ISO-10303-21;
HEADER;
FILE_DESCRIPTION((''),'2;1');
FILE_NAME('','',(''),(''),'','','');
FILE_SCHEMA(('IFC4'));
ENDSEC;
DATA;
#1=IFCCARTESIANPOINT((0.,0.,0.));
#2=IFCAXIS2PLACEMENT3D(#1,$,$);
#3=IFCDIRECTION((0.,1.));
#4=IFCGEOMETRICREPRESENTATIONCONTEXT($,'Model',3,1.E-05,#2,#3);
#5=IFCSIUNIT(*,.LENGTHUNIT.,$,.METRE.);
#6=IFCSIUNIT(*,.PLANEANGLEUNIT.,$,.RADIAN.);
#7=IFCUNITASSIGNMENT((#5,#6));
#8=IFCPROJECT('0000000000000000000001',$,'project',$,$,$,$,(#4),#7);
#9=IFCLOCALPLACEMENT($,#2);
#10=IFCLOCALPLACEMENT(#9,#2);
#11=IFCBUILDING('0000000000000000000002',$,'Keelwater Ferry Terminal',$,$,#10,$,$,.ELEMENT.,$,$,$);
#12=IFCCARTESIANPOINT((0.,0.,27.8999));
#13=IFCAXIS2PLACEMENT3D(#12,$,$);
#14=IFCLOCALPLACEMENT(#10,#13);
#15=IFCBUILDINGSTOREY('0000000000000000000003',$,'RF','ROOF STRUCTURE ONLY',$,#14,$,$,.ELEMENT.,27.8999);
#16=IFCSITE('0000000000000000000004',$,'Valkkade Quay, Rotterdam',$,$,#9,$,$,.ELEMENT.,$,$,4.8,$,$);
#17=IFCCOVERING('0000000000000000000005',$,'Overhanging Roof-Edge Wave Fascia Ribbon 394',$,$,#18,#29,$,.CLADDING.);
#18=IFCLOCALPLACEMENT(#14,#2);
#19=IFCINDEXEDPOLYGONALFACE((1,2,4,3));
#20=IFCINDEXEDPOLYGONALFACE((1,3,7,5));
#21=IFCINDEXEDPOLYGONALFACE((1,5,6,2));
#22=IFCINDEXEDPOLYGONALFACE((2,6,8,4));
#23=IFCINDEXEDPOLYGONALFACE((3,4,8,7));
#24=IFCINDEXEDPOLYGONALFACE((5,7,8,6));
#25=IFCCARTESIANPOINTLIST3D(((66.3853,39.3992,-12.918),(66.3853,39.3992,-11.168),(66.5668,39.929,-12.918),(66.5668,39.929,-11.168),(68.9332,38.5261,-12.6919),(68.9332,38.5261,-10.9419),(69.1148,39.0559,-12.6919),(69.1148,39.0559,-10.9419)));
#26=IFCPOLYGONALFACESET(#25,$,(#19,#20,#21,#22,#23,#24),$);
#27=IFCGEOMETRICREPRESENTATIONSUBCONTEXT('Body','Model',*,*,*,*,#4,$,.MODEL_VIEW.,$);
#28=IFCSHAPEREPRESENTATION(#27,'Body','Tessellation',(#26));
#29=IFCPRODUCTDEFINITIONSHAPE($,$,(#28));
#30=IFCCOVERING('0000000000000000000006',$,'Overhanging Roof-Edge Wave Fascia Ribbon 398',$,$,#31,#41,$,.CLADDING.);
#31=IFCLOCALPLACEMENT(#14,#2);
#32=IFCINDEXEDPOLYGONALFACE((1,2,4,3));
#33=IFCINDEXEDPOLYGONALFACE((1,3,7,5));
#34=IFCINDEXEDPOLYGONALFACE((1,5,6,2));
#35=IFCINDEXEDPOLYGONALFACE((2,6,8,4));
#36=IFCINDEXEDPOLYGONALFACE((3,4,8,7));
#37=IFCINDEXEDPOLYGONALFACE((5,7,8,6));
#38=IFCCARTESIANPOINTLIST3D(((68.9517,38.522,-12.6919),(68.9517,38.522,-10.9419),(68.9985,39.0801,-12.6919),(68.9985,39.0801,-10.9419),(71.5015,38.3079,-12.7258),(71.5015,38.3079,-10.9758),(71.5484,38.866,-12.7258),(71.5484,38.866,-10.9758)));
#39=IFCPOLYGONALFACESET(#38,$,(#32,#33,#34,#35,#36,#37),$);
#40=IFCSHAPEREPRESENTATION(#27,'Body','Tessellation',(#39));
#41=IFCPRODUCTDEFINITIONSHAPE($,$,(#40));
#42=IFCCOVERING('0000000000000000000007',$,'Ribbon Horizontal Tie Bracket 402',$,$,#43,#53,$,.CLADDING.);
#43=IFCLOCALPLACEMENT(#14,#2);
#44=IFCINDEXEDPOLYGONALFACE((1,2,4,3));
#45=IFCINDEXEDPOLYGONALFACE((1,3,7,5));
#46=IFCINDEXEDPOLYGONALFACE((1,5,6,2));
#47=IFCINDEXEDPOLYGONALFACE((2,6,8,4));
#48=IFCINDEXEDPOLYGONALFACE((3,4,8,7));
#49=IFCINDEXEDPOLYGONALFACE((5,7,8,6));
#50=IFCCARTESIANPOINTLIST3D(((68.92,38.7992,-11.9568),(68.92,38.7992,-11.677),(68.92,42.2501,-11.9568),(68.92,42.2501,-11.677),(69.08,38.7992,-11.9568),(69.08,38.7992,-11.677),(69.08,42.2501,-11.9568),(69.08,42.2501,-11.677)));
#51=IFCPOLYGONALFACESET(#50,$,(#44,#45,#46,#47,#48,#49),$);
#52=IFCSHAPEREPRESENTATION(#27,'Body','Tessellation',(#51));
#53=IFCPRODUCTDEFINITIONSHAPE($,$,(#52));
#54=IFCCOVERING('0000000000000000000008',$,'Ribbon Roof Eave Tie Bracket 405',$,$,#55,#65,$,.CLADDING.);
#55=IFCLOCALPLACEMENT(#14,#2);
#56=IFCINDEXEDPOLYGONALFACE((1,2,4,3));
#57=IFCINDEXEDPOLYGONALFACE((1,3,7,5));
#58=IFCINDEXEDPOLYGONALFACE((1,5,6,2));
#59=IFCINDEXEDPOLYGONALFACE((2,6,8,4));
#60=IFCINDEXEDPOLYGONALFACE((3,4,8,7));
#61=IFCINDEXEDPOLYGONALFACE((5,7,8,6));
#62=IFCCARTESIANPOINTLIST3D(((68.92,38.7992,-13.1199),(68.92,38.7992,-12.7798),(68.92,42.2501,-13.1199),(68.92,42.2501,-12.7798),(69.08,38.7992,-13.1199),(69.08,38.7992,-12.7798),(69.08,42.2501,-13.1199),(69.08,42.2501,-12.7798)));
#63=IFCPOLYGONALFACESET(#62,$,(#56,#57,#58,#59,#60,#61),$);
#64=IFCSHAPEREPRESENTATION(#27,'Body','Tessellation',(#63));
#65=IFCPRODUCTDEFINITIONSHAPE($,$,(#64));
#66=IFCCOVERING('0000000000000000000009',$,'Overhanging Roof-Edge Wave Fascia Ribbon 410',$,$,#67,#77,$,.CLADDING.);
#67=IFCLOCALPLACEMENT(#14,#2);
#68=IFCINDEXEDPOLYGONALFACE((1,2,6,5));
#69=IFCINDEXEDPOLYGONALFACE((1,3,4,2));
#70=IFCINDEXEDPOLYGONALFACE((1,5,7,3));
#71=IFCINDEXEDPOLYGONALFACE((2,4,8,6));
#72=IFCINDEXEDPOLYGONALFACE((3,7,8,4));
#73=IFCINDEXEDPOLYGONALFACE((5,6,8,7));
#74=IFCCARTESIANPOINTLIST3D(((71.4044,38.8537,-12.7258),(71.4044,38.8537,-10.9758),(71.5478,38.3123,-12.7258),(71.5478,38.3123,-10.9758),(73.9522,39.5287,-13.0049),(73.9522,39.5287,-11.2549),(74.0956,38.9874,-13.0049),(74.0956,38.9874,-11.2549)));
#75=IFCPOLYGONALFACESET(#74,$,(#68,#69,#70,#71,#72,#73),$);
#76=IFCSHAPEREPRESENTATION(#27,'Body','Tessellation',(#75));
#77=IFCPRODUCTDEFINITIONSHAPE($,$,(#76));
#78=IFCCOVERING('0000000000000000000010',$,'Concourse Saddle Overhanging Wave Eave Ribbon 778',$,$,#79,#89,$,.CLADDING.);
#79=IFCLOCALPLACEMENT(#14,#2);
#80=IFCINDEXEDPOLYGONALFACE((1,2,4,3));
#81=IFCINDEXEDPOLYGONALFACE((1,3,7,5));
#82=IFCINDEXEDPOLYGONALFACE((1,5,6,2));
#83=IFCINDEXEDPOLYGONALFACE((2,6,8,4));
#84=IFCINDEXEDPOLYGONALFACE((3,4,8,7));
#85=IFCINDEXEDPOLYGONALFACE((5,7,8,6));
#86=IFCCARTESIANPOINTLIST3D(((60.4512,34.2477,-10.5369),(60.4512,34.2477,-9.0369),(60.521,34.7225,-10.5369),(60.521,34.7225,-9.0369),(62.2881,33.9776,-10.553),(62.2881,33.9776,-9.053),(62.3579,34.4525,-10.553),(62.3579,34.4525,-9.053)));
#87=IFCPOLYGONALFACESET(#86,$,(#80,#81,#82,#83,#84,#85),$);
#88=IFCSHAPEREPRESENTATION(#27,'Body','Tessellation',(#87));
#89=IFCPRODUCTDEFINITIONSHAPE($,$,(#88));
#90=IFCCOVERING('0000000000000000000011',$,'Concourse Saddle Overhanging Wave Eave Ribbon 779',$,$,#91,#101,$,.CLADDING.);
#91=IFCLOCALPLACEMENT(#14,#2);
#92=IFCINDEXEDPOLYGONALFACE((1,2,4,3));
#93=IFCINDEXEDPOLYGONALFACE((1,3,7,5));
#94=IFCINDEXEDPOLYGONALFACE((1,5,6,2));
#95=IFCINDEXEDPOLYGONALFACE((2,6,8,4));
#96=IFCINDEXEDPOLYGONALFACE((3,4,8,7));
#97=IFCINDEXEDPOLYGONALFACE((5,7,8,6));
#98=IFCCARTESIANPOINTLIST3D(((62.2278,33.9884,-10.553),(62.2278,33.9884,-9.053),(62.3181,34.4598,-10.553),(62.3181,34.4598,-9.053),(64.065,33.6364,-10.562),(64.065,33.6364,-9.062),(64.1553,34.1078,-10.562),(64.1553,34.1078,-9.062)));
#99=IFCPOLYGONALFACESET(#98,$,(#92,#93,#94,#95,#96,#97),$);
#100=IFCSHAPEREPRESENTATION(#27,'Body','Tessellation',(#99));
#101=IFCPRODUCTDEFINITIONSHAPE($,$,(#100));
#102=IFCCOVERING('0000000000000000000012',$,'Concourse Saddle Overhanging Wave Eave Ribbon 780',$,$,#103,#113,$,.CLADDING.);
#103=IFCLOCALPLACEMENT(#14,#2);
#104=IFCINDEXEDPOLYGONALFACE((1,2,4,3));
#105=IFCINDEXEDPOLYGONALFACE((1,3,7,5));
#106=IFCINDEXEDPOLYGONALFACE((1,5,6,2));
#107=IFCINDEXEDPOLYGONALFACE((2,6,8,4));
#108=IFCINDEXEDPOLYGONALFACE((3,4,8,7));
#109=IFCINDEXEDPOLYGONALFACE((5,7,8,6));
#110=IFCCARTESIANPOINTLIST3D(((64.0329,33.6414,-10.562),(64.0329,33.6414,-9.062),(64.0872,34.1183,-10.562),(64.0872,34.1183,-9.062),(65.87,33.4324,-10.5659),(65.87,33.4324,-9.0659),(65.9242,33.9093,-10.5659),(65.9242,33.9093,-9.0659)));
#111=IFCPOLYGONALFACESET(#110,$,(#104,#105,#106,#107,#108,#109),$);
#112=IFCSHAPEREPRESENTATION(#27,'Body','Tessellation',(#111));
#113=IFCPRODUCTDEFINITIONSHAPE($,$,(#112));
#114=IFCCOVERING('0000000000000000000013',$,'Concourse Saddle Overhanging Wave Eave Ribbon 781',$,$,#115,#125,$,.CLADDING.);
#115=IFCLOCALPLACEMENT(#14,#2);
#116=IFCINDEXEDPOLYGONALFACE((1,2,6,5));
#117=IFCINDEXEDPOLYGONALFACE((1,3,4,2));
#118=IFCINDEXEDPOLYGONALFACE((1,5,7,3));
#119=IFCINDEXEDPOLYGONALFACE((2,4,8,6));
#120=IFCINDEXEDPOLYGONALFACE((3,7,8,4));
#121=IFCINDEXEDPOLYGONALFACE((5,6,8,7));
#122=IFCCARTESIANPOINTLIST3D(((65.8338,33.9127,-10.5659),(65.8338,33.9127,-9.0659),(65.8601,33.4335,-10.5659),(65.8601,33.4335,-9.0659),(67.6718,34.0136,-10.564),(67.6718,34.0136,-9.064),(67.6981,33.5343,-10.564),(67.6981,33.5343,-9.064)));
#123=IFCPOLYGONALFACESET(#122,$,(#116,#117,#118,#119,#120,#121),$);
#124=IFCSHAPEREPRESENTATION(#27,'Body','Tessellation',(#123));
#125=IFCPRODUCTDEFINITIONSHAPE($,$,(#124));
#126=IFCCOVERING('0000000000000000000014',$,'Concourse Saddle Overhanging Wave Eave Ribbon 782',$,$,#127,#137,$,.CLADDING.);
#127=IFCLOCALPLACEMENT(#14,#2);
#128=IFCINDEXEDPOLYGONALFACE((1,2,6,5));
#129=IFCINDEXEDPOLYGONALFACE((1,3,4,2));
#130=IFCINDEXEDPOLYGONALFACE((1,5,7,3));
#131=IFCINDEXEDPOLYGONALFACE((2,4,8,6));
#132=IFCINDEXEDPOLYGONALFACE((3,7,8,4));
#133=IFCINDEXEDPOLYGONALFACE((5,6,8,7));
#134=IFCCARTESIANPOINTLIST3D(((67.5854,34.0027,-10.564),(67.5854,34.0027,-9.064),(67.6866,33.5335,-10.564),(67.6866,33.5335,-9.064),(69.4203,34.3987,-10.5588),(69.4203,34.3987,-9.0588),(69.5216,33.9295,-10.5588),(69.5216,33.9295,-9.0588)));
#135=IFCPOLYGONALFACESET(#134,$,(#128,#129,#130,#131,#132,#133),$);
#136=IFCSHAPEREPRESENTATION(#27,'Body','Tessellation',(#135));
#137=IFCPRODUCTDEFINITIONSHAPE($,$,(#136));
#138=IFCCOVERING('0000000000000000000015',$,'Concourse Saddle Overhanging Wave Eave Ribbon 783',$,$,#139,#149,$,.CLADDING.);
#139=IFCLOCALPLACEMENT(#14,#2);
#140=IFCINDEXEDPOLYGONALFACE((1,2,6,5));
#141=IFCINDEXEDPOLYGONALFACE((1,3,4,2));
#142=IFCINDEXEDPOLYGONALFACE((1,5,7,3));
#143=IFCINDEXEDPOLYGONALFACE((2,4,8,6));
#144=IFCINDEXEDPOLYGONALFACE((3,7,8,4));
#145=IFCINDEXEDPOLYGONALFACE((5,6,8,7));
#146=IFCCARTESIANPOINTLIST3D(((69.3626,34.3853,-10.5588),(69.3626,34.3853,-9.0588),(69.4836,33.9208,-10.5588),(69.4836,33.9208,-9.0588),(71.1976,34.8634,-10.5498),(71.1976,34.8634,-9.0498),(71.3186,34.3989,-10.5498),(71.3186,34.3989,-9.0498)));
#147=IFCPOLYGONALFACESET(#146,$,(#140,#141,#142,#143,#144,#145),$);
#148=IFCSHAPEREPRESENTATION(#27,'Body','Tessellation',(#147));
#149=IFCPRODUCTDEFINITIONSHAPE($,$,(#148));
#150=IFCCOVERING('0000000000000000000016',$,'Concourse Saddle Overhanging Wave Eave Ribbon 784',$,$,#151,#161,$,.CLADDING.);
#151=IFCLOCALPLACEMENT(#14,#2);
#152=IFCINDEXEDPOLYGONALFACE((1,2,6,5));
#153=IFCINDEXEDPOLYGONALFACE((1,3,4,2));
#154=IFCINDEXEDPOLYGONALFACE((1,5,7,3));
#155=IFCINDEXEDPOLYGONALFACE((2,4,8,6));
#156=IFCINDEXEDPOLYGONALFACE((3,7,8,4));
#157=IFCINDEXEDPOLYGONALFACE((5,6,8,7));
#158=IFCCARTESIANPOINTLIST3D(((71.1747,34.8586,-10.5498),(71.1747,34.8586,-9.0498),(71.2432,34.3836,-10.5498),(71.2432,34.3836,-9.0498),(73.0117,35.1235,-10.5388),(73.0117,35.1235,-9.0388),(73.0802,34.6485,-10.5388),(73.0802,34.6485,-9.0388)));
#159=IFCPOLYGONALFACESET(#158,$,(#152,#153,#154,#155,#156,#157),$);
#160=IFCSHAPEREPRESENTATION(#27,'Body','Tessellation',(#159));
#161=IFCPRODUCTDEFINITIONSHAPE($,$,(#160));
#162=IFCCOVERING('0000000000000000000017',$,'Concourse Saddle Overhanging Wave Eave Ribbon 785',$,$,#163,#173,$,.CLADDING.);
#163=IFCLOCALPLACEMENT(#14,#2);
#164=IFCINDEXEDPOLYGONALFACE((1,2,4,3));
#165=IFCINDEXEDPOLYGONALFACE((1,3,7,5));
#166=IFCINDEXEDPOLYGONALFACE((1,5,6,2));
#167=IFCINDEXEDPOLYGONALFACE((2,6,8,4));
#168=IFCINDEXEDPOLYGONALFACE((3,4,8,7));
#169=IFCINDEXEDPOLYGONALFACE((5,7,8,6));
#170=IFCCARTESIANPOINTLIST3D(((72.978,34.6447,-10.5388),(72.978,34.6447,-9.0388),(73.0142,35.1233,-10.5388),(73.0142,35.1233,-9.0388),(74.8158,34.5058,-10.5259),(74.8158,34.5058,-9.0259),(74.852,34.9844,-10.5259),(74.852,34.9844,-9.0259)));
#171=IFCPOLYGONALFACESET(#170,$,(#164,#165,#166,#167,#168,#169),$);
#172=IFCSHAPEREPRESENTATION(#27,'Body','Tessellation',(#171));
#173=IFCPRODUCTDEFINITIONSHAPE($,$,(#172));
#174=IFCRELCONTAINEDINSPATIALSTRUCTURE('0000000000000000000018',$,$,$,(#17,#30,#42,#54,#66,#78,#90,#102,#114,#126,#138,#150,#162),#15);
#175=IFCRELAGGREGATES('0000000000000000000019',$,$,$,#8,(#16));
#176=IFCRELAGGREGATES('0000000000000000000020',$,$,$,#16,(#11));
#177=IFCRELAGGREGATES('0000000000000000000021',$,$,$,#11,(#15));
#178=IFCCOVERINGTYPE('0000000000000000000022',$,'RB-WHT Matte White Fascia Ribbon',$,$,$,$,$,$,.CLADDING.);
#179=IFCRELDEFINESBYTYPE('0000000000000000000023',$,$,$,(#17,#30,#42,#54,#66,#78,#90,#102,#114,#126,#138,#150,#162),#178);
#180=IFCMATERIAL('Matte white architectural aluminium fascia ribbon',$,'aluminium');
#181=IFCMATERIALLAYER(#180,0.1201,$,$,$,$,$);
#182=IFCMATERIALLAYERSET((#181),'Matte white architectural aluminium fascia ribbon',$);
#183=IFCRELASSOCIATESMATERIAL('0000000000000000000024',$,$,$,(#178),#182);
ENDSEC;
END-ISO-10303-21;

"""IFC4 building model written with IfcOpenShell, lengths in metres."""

from ifc_helpers import new_model, si_unit, direction, frame, frame_2d, origin, place, context, subcontext, project, spatial, polyline, rectangle, outline, extrude, material, layer, layer_set, type_object, element, save


model = new_model("IFC4")

# Units and contexts
model_context = context("Model", 3, precision=1e-05, world=origin(), true_north=direction((0.0, 1.0)))
body_context = subcontext(model_context, "Body", "Model", "MODEL_VIEW")
ifc_project = project(units=[si_unit("LENGTHUNIT", "METRE"), si_unit("PLANEANGLEUNIT", "RADIAN")], contexts=[model_context])

# Site, building, storey
site_placement = place(None, origin())
site = spatial("IfcSite", under=ifc_project, at=site_placement, Name="Valkkade Quay, Rotterdam", CompositionType="ELEMENT", RefElevation=4.8)
building_placement = place(site_placement, origin())
building = spatial("IfcBuilding", under=site, at=building_placement, Name="Keelwater Ferry Terminal", CompositionType="ELEMENT")
storey_placement = place(building_placement, frame((0.0, 0.0, 27.8999)))
storey = spatial("IfcBuildingStorey", under=building, at=storey_placement, Name="RF", Description="ROOF STRUCTURE ONLY", CompositionType="ELEMENT", Elevation=27.8999)

# Coverings
ifc_material_1 = material(Name="Matte white architectural aluminium fascia ribbon", Category="aluminium")
ifc_layer_1 = layer(ifc_material_1, 0.1201)
ifc_layer_set_1 = layer_set([ifc_layer_1], Name="Matte white architectural aluminium fascia ribbon")
covering_type = type_object("IfcCoveringType", Name="RB-WHT Matte White Fascia Ribbon", PredefinedType="CLADDING", material=ifc_layer_set_1)
covering_1_placement = place(storey_placement, frame((66.4761, 39.6641, -12.918), z_axis=(0.0, 0.0, 1.0), x_axis=(0.946003, -0.324157, 0.0)))
element("IfcCovering", 1, at=covering_1_placement, inside=storey, type_object=covering_type, Name="Overhanging Roof-Edge Wave Fascia Ribbon 394", PredefinedType="CLADDING", context=body_context, shape_type="SweptSolid", body=[
    extrude(outline(polyline([(0.0, 0.0), (2.6934, 0.2261), (2.6934, 1.9761), (0.0, 1.75), (0.0, 0.0)])), frame((0.0, 0.28, 0.0), z_axis=(0.0, -1.0, 0.0), x_axis=(1.0, 0.0, 0.0)), (0.0, 0.0, 1.0), 0.5601),
])
covering_2_placement = place(storey_placement, frame((68.9751, 38.801, -12.7258), z_axis=(0.0, 0.0, 1.0), x_axis=(0.996493, -0.083677, 0.0)))
element("IfcCovering", 2, at=covering_2_placement, inside=storey, type_object=covering_type, Name="Overhanging Roof-Edge Wave Fascia Ribbon 398", PredefinedType="CLADDING", context=body_context, shape_type="SweptSolid", body=[
    extrude(outline(polyline([(0.0, 0.0339), (2.5588, 0.0), (2.5588, 1.75), (0.0, 1.7839), (0.0, 0.0339)])), frame((0.0, 0.28, 0.0), z_axis=(0.0, -1.0, 0.0), x_axis=(1.0, 0.0, 0.0)), (0.0, 0.0, 1.0), 0.5601),
])
covering_3_placement = place(storey_placement, frame((69.0, 38.7991, -11.9568), z_axis=(0.0, 0.0, 1.0), x_axis=(0.0, 1.0, 0.0)))
element("IfcCovering", 3, at=covering_3_placement, inside=storey, type_object=covering_type, Name="Ribbon Horizontal Tie Bracket 402", PredefinedType="CLADDING", context=body_context, shape_type="SweptSolid", body=[
    extrude(rectangle(XDim=3.4509, YDim=0.1599, at=frame_2d((1.7256, 0.0))), origin(), (0.0, 0.0, 1.0), 0.2798),
])
covering_4_placement = place(storey_placement, frame((69.0, 38.7991, -13.1199), z_axis=(0.0, 0.0, 1.0), x_axis=(0.0, 1.0, 0.0)))
element("IfcCovering", 4, at=covering_4_placement, inside=storey, type_object=covering_type, Name="Ribbon Roof Eave Tie Bracket 405", PredefinedType="CLADDING", context=body_context, shape_type="SweptSolid", body=[
    extrude(rectangle(XDim=3.4509, YDim=0.1599, at=frame_2d((1.7256, 0.0))), origin(), (0.0, 0.0, 1.0), 0.3401),
])
covering_5_placement = place(storey_placement, frame((71.4761, 38.583, -13.0049), z_axis=(0.0, 0.0, 1.0), x_axis=(0.966647, 0.256112, 0.0)))
element("IfcCovering", 5, at=covering_5_placement, inside=storey, type_object=covering_type, Name="Overhanging Roof-Edge Wave Fascia Ribbon 410", PredefinedType="CLADDING", context=body_context, shape_type="SweptSolid", body=[
    extrude(outline(polyline([(0.0, 0.2791), (2.6357, 0.0), (2.6357, 1.75), (0.0, 2.0291), (0.0, 0.2791)])), frame((0.0, 0.28, 0.0), z_axis=(0.0, -1.0, 0.0), x_axis=(1.0, 0.0, 0.0)), (0.0, 0.0, 1.0), 0.5601),
])
covering_6_placement = place(storey_placement, frame((60.4861, 34.4851, -10.553), z_axis=(0.0, 0.0, 1.0), x_axis=(0.989368, -0.145433, 0.0)))
element("IfcCovering", 6, at=covering_6_placement, inside=storey, type_object=covering_type, Name="Concourse Saddle Overhanging Wave Eave Ribbon 778", PredefinedType="CLADDING", context=body_context, shape_type="SweptSolid", body=[
    extrude(outline(polyline([(0.0, 0.0161), (1.8567, 0.0), (1.8567, 1.5), (0.0, 1.5161), (0.0, 0.0161)])), frame((0.0, 0.24, 0.0), z_axis=(0.0, -1.0, 0.0), x_axis=(1.0, 0.0, 0.0)), (0.0, 0.0, 1.0), 0.48),
])
covering_7_placement = place(storey_placement, frame((62.2729, 34.2241, -10.562), z_axis=(0.0, 0.0, 1.0), x_axis=(0.98213, -0.188204, 0.0)))
element("IfcCovering", 7, at=covering_7_placement, inside=storey, type_object=covering_type, Name="Concourse Saddle Overhanging Wave Eave Ribbon 779", PredefinedType="CLADDING", context=body_context, shape_type="SweptSolid", body=[
    extrude(outline(polyline([(0.0, 0.009), (1.8706, 0.0), (1.8706, 1.5), (0.0, 1.509), (0.0, 0.009)])), frame((0.0, 0.24, 0.0), z_axis=(0.0, -1.0, 0.0), x_axis=(1.0, 0.0, 0.0)), (0.0, 0.0, 1.0), 0.48),
])
covering_8_placement = place(storey_placement, frame((64.0601, 33.8799, -10.5659), z_axis=(0.0, 0.0, 1.0), x_axis=(0.99359, -0.11304, 0.0)))
element("IfcCovering", 8, at=covering_8_placement, inside=storey, type_object=covering_type, Name="Concourse Saddle Overhanging Wave Eave Ribbon 780", PredefinedType="CLADDING", context=body_context, shape_type="SweptSolid", body=[
    extrude(outline(polyline([(0.0, 0.0039), (1.8489, 0.0), (1.8489, 1.5), (0.0, 1.5039), (0.0, 0.0039)])), frame((0.0, 0.24, 0.0), z_axis=(0.0, -1.0, 0.0), x_axis=(1.0, 0.0, 0.0)), (0.0, 0.0, 1.0), 0.48),
])
covering_9_placement = place(storey_placement, frame((65.8469, 33.6731, -10.5659), z_axis=(0.0, 0.0, 1.0), x_axis=(0.998499, 0.054772, 0.0)))
element("IfcCovering", 9, at=covering_9_placement, inside=storey, type_object=covering_type, Name="Concourse Saddle Overhanging Wave Eave Ribbon 781", PredefinedType="CLADDING", context=body_context, shape_type="SweptSolid", body=[
    extrude(outline(polyline([(0.0, 0.0), (1.8408, 0.002), (1.8408, 1.502), (0.0, 1.5), (0.0, 0.0)])), frame((0.0, 0.24, 0.0), z_axis=(0.0, -1.0, 0.0), x_axis=(1.0, 0.0, 0.0)), (0.0, 0.0, 1.0), 0.48),
])
covering_10_placement = place(storey_placement, frame((67.636, 33.7681, -10.564), z_axis=(0.0, 0.0, 1.0), x_axis=(0.977497, 0.21095, 0.0)))
element("IfcCovering", 10, at=covering_10_placement, inside=storey, type_object=covering_type, Name="Concourse Saddle Overhanging Wave Eave Ribbon 782", PredefinedType="CLADDING", context=body_context, shape_type="SweptSolid", body=[
    extrude(outline(polyline([(0.0, 0.0), (1.8772, 0.0051), (1.8772, 1.5051), (0.0, 1.5), (0.0, 0.0)])), frame((0.0, 0.24, 0.0), z_axis=(0.0, -1.0, 0.0), x_axis=(1.0, 0.0, 0.0)), (0.0, 0.0, 1.0), 0.48),
])
covering_11_placement = place(storey_placement, frame((69.4231, 34.1531, -10.5588), z_axis=(0.0, 0.0, 1.0), x_axis=(0.967702, 0.252097, 0.0)))
element("IfcCovering", 11, at=covering_11_placement, inside=storey, type_object=covering_type, Name="Concourse Saddle Overhanging Wave Eave Ribbon 783", PredefinedType="CLADDING", context=body_context, shape_type="SweptSolid", body=[
    extrude(outline(polyline([(0.0, 0.0), (1.8962, 0.009), (1.8962, 1.509), (0.0, 1.5), (0.0, 0.0)])), frame((0.0, 0.24, 0.0), z_axis=(0.0, -1.0, 0.0), x_axis=(1.0, 0.0, 0.0)), (0.0, 0.0, 1.0), 0.48),
])
covering_12_placement = place(storey_placement, frame((71.209, 34.6211, -10.5498), z_axis=(0.0, 0.0, 1.0), x_axis=(0.989762, 0.142729, 0.0)))
element("IfcCovering", 12, at=covering_12_placement, inside=storey, type_object=covering_type, Name="Concourse Saddle Overhanging Wave Eave Ribbon 784", PredefinedType="CLADDING", context=body_context, shape_type="SweptSolid", body=[
    extrude(outline(polyline([(0.0, 0.0), (1.856, 0.011), (1.856, 1.511), (0.0, 1.5), (0.0, 0.0)])), frame((0.0, 0.24, 0.0), z_axis=(0.0, -1.0, 0.0), x_axis=(1.0, 0.0, 0.0)), (0.0, 0.0, 1.0), 0.48),
])
covering_13_placement = place(storey_placement, frame((72.9961, 34.884, -10.5388), z_axis=(0.0, 0.0, 1.0), x_axis=(0.997156, -0.075369, 0.0)))
element("IfcCovering", 13, at=covering_13_placement, inside=storey, type_object=covering_type, Name="Concourse Saddle Overhanging Wave Eave Ribbon 785", PredefinedType="CLADDING", context=body_context, shape_type="SweptSolid", body=[
    extrude(outline(polyline([(0.0, 0.0), (1.843, 0.0129), (1.843, 1.5129), (0.0, 1.5), (0.0, 0.0)])), frame((0.0, 0.24, 0.0), z_axis=(0.0, -1.0, 0.0), x_axis=(1.0, 0.0, 0.0)), (0.0, 0.0, 1.0), 0.48),
])

save(model, "model.ifc")
